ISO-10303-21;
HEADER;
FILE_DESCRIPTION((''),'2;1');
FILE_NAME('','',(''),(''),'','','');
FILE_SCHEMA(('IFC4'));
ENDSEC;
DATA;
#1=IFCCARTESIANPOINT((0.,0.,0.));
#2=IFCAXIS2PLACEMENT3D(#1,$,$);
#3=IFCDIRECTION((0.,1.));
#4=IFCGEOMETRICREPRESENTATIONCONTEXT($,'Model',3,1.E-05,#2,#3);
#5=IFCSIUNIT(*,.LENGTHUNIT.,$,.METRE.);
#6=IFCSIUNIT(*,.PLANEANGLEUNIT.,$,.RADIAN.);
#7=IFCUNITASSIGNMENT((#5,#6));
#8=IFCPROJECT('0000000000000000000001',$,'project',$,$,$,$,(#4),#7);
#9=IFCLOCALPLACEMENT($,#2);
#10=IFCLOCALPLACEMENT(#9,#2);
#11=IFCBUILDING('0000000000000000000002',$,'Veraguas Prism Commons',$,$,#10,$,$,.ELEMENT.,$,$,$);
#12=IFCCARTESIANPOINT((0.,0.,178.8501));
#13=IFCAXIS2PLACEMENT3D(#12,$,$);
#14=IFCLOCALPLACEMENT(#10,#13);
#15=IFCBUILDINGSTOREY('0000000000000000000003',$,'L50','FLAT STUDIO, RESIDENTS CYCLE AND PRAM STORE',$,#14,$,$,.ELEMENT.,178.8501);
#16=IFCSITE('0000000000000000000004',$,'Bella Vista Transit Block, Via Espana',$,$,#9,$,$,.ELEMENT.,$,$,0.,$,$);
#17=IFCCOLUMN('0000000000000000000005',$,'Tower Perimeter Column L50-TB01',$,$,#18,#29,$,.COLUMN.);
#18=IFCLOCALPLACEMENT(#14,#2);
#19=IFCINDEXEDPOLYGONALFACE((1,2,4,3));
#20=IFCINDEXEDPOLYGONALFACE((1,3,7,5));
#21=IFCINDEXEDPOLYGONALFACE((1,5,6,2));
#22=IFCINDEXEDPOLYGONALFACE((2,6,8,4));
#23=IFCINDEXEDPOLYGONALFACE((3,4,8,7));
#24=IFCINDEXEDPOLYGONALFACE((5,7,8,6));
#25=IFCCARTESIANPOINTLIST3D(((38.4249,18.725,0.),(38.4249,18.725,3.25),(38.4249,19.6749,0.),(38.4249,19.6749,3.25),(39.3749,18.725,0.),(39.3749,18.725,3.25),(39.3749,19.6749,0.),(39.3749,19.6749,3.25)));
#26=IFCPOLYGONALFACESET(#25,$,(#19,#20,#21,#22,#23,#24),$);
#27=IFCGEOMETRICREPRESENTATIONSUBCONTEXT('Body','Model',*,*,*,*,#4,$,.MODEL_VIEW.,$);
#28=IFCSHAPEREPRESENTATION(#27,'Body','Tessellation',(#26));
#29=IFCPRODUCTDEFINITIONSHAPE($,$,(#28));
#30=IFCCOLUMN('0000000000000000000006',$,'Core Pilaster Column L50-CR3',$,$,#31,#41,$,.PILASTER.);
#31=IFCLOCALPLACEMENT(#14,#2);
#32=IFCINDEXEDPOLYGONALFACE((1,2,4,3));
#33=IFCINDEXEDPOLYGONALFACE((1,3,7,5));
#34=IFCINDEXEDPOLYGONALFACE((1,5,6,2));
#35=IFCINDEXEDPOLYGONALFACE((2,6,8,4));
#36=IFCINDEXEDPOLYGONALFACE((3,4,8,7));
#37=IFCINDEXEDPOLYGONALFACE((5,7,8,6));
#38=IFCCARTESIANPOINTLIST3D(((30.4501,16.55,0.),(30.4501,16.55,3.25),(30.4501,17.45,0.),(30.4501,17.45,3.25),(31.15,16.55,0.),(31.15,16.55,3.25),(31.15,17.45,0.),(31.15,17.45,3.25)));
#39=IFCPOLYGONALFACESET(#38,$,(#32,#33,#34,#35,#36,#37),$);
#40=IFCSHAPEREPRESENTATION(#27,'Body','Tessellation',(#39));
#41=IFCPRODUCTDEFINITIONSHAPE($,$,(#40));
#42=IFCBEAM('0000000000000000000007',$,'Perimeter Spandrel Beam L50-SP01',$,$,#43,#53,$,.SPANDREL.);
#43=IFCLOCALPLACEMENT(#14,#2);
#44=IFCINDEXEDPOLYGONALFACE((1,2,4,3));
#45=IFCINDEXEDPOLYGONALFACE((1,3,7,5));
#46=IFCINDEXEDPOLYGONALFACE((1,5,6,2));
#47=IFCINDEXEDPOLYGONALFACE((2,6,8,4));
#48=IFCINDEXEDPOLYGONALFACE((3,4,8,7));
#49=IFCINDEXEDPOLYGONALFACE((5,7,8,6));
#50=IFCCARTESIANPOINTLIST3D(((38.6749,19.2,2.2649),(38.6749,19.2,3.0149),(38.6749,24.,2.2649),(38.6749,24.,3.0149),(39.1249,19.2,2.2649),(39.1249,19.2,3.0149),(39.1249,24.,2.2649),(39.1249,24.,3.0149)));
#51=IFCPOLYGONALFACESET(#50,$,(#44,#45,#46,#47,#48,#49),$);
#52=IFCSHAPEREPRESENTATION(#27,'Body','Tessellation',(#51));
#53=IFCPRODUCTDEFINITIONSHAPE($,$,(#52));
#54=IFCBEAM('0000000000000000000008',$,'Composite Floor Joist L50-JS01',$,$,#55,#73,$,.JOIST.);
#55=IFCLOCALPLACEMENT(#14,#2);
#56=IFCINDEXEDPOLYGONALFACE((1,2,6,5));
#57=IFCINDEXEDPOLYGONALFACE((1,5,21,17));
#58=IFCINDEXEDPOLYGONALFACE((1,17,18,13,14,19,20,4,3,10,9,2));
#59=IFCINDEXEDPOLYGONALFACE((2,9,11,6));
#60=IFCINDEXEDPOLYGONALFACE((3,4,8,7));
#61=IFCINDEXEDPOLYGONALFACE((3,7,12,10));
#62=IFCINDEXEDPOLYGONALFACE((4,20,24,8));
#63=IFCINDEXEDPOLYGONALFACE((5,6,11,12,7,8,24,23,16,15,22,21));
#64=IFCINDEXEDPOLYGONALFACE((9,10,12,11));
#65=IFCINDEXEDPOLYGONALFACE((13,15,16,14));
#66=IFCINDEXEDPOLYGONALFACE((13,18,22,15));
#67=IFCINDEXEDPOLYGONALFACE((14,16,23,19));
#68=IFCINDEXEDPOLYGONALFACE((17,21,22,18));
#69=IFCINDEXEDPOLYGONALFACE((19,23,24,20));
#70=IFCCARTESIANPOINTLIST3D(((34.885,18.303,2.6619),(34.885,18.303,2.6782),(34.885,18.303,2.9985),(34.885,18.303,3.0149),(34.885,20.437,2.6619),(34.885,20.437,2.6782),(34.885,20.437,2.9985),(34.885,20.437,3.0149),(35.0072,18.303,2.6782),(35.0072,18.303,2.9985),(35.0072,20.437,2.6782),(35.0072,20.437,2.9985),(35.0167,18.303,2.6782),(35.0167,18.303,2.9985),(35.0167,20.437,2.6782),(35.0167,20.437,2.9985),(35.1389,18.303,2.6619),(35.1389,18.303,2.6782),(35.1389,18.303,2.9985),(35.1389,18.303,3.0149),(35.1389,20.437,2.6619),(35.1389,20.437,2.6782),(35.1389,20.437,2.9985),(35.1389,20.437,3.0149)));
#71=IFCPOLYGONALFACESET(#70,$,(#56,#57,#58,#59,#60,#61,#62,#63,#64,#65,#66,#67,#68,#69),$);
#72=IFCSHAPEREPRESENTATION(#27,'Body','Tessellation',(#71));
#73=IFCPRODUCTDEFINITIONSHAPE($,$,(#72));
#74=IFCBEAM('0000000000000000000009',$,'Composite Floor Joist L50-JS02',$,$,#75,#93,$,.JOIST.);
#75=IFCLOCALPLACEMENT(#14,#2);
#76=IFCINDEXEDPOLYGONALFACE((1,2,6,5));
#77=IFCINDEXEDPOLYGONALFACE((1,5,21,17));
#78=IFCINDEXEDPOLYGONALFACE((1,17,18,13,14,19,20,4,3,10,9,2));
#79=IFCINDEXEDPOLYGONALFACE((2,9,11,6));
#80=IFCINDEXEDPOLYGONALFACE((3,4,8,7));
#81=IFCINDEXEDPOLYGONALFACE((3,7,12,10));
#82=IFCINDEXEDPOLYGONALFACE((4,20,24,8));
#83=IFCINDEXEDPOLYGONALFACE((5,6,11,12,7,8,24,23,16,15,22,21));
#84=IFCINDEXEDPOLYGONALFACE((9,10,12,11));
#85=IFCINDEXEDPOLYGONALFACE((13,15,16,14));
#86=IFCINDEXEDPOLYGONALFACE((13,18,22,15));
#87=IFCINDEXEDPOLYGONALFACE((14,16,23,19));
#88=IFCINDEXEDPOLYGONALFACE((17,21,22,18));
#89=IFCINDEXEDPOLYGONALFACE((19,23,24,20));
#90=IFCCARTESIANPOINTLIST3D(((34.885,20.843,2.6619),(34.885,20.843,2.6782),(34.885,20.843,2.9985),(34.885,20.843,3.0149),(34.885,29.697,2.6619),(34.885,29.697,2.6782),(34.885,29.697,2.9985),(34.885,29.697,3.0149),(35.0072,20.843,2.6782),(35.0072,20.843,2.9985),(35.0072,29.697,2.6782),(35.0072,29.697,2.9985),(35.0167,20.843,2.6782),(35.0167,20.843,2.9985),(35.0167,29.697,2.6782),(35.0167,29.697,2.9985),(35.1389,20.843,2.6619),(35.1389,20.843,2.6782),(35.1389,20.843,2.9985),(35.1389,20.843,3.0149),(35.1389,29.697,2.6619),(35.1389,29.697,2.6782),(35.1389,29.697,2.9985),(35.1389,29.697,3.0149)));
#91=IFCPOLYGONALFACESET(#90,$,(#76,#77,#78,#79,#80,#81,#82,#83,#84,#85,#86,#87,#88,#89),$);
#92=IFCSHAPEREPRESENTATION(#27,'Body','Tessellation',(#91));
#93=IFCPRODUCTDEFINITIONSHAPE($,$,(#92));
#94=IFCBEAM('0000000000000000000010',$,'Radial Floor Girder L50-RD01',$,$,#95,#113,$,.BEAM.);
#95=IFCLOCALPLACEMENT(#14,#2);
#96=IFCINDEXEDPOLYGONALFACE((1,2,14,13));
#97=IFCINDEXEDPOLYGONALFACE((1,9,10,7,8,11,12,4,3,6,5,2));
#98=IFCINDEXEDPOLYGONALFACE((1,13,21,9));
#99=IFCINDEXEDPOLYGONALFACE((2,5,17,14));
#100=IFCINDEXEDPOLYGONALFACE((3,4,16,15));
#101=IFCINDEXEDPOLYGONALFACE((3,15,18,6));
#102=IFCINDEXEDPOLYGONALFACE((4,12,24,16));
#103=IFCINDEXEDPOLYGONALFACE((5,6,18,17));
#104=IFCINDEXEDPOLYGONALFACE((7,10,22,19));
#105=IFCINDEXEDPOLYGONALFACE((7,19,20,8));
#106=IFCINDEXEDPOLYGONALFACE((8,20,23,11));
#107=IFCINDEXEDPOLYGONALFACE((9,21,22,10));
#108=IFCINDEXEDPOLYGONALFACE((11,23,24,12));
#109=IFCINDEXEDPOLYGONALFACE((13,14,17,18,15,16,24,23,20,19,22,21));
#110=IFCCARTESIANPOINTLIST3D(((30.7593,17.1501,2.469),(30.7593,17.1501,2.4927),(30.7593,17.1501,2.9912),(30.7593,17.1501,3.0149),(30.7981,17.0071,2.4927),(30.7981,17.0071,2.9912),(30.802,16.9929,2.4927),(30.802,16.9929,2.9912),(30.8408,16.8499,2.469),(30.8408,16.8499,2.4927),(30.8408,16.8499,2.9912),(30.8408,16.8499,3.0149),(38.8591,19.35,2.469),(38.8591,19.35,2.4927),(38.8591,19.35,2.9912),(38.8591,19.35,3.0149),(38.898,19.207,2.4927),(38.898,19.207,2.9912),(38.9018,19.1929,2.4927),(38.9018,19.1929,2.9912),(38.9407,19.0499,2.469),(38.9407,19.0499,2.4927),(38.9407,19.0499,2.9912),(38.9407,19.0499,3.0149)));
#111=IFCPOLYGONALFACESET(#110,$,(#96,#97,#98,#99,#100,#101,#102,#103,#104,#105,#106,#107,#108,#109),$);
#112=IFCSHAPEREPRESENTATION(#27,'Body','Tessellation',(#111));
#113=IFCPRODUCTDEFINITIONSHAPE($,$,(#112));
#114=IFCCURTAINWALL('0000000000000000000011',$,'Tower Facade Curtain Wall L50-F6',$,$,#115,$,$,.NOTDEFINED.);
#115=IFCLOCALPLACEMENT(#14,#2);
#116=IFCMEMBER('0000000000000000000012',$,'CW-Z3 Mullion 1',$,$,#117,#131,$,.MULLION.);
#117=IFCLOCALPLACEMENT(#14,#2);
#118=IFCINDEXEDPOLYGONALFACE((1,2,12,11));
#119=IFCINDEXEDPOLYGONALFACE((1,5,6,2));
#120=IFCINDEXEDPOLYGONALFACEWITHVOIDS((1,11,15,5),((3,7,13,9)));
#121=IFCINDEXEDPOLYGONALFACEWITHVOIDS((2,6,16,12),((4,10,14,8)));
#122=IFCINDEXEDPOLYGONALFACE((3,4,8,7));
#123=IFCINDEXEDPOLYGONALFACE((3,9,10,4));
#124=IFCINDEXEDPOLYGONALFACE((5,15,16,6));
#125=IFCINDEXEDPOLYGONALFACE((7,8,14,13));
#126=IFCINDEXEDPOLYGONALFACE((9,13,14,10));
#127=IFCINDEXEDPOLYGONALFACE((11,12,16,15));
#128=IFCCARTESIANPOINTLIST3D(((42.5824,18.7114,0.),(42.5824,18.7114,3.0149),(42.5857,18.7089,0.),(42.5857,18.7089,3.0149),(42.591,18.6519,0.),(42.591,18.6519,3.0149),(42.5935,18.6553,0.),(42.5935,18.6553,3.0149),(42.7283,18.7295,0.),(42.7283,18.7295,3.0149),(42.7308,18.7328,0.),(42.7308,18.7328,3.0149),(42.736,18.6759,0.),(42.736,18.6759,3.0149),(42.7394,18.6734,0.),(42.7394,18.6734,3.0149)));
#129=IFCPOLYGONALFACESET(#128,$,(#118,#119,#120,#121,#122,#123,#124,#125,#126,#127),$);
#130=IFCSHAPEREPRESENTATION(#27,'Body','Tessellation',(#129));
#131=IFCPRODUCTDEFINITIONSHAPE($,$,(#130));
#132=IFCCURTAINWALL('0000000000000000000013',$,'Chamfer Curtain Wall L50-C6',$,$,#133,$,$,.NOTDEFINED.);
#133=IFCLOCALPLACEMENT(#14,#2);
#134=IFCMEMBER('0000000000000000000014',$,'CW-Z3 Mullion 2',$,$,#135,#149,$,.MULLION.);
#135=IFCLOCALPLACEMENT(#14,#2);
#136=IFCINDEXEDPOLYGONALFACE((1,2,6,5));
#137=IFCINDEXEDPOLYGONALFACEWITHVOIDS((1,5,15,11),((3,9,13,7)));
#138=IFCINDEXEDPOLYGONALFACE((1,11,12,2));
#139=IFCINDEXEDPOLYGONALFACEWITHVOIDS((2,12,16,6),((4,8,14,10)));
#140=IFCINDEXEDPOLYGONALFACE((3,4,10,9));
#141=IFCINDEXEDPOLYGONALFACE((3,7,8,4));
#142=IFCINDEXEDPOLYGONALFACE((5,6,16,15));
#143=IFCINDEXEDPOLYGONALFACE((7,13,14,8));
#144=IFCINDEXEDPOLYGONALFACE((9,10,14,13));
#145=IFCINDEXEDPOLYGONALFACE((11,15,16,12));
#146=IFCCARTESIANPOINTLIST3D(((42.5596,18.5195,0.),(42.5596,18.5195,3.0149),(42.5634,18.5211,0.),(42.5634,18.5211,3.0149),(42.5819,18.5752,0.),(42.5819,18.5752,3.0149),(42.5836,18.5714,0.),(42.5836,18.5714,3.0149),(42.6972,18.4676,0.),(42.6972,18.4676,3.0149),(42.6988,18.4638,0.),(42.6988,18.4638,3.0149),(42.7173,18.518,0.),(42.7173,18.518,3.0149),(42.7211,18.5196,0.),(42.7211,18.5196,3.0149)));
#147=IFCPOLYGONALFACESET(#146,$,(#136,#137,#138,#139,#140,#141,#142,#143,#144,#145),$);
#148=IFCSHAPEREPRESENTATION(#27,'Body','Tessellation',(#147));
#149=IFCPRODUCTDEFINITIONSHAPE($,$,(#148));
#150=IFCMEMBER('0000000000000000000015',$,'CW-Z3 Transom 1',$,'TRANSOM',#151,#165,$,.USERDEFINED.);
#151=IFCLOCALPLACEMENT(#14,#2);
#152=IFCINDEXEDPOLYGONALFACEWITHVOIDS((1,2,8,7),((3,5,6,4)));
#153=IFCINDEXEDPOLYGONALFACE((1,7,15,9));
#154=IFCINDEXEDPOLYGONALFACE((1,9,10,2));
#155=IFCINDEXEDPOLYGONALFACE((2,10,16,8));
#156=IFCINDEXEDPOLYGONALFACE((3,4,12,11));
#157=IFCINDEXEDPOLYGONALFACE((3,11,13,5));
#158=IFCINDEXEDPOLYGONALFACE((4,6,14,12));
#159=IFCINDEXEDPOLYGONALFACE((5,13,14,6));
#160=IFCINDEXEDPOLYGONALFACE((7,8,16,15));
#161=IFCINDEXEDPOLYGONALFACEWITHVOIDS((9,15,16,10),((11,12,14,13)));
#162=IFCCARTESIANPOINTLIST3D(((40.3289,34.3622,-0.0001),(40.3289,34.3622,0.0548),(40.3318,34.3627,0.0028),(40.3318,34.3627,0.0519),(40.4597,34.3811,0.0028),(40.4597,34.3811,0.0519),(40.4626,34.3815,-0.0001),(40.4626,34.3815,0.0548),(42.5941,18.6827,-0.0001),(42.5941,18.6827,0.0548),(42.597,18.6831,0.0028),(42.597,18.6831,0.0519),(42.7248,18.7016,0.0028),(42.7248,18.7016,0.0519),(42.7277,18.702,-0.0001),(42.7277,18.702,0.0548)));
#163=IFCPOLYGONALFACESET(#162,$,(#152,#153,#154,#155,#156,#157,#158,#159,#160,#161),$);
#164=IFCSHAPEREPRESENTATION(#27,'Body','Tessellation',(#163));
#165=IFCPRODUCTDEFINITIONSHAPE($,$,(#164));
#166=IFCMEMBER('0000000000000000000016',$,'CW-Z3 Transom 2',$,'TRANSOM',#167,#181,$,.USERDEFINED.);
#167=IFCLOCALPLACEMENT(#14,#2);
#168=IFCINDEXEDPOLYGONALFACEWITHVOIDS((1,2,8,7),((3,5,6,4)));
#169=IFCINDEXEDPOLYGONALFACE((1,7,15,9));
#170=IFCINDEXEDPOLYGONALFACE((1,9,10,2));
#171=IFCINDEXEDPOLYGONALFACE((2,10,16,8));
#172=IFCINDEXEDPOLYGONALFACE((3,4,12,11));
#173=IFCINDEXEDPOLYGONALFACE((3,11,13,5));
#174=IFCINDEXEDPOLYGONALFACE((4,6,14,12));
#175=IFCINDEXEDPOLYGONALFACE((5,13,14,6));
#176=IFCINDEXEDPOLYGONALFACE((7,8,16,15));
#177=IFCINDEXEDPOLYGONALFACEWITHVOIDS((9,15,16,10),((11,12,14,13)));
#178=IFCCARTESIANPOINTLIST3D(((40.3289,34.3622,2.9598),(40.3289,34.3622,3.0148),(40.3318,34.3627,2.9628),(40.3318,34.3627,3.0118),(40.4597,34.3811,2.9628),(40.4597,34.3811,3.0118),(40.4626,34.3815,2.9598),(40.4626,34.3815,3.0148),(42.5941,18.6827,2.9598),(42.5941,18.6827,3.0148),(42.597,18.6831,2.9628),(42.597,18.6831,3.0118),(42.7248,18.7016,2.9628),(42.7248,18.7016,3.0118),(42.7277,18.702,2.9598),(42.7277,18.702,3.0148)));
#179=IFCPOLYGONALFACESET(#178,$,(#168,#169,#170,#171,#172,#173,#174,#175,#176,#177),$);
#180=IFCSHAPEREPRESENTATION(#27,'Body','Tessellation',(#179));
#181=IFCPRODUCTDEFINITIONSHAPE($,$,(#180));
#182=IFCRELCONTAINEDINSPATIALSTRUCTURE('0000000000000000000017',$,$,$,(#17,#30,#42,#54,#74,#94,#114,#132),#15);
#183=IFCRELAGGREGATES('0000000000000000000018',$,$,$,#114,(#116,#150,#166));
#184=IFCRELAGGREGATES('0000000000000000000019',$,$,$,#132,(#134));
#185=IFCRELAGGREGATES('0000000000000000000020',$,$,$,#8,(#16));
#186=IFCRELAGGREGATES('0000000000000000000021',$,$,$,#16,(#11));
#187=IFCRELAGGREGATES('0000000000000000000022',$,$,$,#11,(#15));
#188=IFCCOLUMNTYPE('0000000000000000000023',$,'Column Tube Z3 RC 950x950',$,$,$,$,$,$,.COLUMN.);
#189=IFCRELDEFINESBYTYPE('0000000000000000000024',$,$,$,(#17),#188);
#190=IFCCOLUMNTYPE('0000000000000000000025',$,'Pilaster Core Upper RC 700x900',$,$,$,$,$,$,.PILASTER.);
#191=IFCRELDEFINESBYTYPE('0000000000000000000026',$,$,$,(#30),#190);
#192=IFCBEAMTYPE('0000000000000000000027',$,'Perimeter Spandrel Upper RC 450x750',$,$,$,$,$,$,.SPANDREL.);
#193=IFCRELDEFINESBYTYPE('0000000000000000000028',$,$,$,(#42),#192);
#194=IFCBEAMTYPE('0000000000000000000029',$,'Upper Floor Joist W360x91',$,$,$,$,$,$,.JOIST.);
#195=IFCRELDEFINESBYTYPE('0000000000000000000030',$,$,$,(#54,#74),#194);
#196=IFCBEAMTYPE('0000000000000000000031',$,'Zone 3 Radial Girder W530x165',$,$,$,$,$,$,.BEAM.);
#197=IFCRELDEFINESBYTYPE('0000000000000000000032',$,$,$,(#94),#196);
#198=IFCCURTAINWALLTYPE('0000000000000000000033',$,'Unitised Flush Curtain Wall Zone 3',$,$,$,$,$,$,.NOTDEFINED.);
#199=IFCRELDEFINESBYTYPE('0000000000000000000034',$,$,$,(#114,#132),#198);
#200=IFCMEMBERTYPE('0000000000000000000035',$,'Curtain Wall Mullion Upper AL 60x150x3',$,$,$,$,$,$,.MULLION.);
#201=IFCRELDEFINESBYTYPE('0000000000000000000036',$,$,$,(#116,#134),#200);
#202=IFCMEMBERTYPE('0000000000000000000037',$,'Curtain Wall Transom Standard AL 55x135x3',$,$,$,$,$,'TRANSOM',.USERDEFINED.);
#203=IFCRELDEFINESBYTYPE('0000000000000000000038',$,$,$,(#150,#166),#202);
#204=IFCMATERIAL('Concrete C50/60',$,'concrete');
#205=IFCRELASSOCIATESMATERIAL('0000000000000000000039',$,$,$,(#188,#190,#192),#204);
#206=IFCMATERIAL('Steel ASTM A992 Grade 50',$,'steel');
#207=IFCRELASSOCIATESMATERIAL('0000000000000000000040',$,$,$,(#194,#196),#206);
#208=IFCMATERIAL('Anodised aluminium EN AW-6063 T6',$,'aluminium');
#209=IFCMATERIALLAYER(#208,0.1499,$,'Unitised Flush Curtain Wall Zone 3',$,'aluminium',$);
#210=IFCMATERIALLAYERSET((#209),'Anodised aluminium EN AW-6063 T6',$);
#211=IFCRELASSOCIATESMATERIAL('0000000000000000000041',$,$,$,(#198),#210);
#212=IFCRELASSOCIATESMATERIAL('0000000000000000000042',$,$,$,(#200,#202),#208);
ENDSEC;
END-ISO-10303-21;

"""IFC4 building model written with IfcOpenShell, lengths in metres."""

from ifc_helpers import new_model, si_unit, direction, frame, origin, origin_2d, place, context, subcontext, project, spatial, rectangle, hollow_rectangle, i_section, extrude, source, transform, mapped, material, layer, layer_set, material_profile, profile_set, type_object, element, aggregate, save


model = new_model("IFC4")

# Units and contexts
model_context = context("Model", 3, precision=1e-05, world=origin(), true_north=direction((0.0, 1.0)))
body_context = subcontext(model_context, "Body", "Model", "MODEL_VIEW")
ifc_project = project(units=[si_unit("LENGTHUNIT", "METRE"), si_unit("PLANEANGLEUNIT", "RADIAN")], contexts=[model_context])

# Site, building, storey
site_placement = place(None, origin())
site = spatial("IfcSite", under=ifc_project, at=site_placement, Name="Bella Vista Transit Block, Via Espana", CompositionType="ELEMENT", RefElevation=0.0)
building_placement = place(site_placement, origin())
building = spatial("IfcBuilding", under=site, at=building_placement, Name="Veraguas Prism Commons", CompositionType="ELEMENT")
storey_placement = place(building_placement, frame((0.0, 0.0, 178.8501)))
storey = spatial("IfcBuildingStorey", under=building, at=storey_placement, Name="L50", Description="FLAT STUDIO, RESIDENTS CYCLE AND PRAM STORE", CompositionType="ELEMENT", Elevation=178.8501)

# Columns
ifc_material_1 = material(Name="Concrete C50/60", Category="concrete")
ifc_material_profile_1 = material_profile(ifc_material_1, rectangle(XDim=0.95, YDim=0.95, at=origin_2d()), Name="RC950X950")
ifc_profile_set_1 = profile_set([ifc_material_profile_1], Name="Concrete C50/60")
column_type_1 = type_object("IfcColumnType", Name="Column Tube Z3 RC 950x950", PredefinedType="COLUMN", material=ifc_profile_set_1)
column_1_placement = place(storey_placement, frame((38.8999, 19.2, 0.0), z_axis=(0.0, 0.0, 1.0), x_axis=(1.0, 0.0, 0.0)))
element("IfcColumn", 1, at=column_1_placement, inside=storey, type_object=column_type_1, Name="Tower Perimeter Column L50-TB01", PredefinedType="COLUMN", context=body_context, shape_type="SweptSolid", body=[
    extrude(rectangle(XDim=0.95, YDim=0.95, at=origin_2d()), origin(), (0.0, 0.0, 1.0), 3.25),
])
ifc_material_profile_2 = material_profile(ifc_material_1, rectangle(XDim=0.7, YDim=0.8999, at=origin_2d()), Name="RC700X900")
ifc_profile_set_2 = profile_set([ifc_material_profile_2], Name="Concrete C50/60")
column_type_2 = type_object("IfcColumnType", Name="Pilaster Core Upper RC 700x900", PredefinedType="PILASTER", material=ifc_profile_set_2)
column_2_placement = place(storey_placement, frame((30.8, 17.0, 0.0), z_axis=(0.0, 0.0, 1.0), x_axis=(1.0, 0.0, 0.0)))
element("IfcColumn", 2, at=column_2_placement, inside=storey, type_object=column_type_2, Name="Core Pilaster Column L50-CR3", PredefinedType="PILASTER", context=body_context, shape_type="SweptSolid", body=[
    extrude(rectangle(XDim=0.7, YDim=0.8999, at=origin_2d()), origin(), (0.0, 0.0, 1.0), 3.25),
])

# Beams
ifc_material_profile_3 = material_profile(ifc_material_1, rectangle(XDim=0.45, YDim=0.75, at=origin_2d()), Name="RC450X750")
ifc_profile_set_3 = profile_set([ifc_material_profile_3], Name="Concrete C50/60")
beam_type_1 = type_object("IfcBeamType", Name="Perimeter Spandrel Upper RC 450x750", PredefinedType="SPANDREL", material=ifc_profile_set_3)
beam_1_placement = place(storey_placement, frame((38.8999, 19.2, 2.6399), z_axis=(0.0, 1.0, 0.0), x_axis=(-1.0, 0.0, 0.0)))
element("IfcBeam", 3, at=beam_1_placement, inside=storey, type_object=beam_type_1, Name="Perimeter Spandrel Beam L50-SP01", PredefinedType="SPANDREL", context=body_context, shape_type="SweptSolid", body=[
    extrude(rectangle(XDim=0.45, YDim=0.75, at=origin_2d()), origin(), (0.0, 0.0, 1.0), 4.8),
])
ifc_material_2 = material(Name="Steel ASTM A992 Grade 50", Category="steel")
ifc_material_profile_4 = material_profile(ifc_material_2, i_section(OverallWidth=0.2539, OverallDepth=0.353, WebThickness=0.0095, FlangeThickness=0.0164, at=origin_2d()), Name="W360X91")
ifc_profile_set_4 = profile_set([ifc_material_profile_4], Name="Steel ASTM A992 Grade 50")
beam_type_2 = type_object("IfcBeamType", Name="Upper Floor Joist W360x91", PredefinedType="JOIST", material=ifc_profile_set_4)
beam_2_placement = place(storey_placement, frame((35.012, 18.303, 2.8384), z_axis=(0.0, 1.0, 0.0), x_axis=(-1.0, 0.0, 0.0)))
element("IfcBeam", 4, at=beam_2_placement, inside=storey, type_object=beam_type_2, Name="Composite Floor Joist L50-JS01", PredefinedType="JOIST", context=body_context, shape_type="SweptSolid", body=[
    extrude(i_section(OverallWidth=0.2539, OverallDepth=0.353, WebThickness=0.0095, FlangeThickness=0.0164, at=origin_2d()), origin(), (0.0, 0.0, 1.0), 2.134),
])
beam_3_placement = place(storey_placement, frame((35.012, 20.843, 2.8384), z_axis=(0.0, 1.0, 0.0), x_axis=(-1.0, 0.0, 0.0)))
element("IfcBeam", 5, at=beam_3_placement, inside=storey, type_object=beam_type_2, Name="Composite Floor Joist L50-JS02", PredefinedType="JOIST", context=body_context, shape_type="SweptSolid", body=[
    extrude(i_section(OverallWidth=0.2539, OverallDepth=0.353, WebThickness=0.0095, FlangeThickness=0.0164, at=origin_2d()), origin(), (0.0, 0.0, 1.0), 8.854),
])
ifc_material_profile_5 = material_profile(ifc_material_2, i_section(OverallWidth=0.311, OverallDepth=0.5459, WebThickness=0.0146, FlangeThickness=0.0237, at=origin_2d()), Name="W530X165")
ifc_profile_set_5 = profile_set([ifc_material_profile_5], Name="Steel ASTM A992 Grade 50")
beam_type_3 = type_object("IfcBeamType", Name="Zone 3 Radial Girder W530x165", PredefinedType="BEAM", material=ifc_profile_set_5)
beam_4_placement = place(storey_placement, frame((38.8999, 19.2, 2.7419), z_axis=(-0.965039, -0.262108, 0.0), x_axis=(0.262108, -0.965039, 0.0)))
element("IfcBeam", 6, at=beam_4_placement, inside=storey, type_object=beam_type_3, Name="Radial Floor Girder L50-RD01", PredefinedType="BEAM", context=body_context, shape_type="SweptSolid", body=[
    extrude(i_section(OverallWidth=0.311, OverallDepth=0.5459, WebThickness=0.0146, FlangeThickness=0.0237, at=origin_2d()), origin(), (0.0, 0.0, 1.0), 8.3933),
])

# Curtain walls, members
ifc_material_3 = material(Name="Anodised aluminium EN AW-6063 T6", Category="aluminium")
ifc_layer_1 = layer(ifc_material_3, 0.1499, Name="Unitised Flush Curtain Wall Zone 3", Category="aluminium")
ifc_layer_set_1 = layer_set([ifc_layer_1], Name="Anodised aluminium EN AW-6063 T6")
curtain_wall_type = type_object("IfcCurtainWallType", Name="Unitised Flush Curtain Wall Zone 3", PredefinedType="NOTDEFINED", material=ifc_layer_set_1)
curtain_wall_1_placement = place(storey_placement, origin())
curtain_wall_1 = element("IfcCurtainWall", 7, at=curtain_wall_1_placement, inside=storey, type_object=curtain_wall_type, Name="Tower Facade Curtain Wall L50-F6", PredefinedType="NOTDEFINED")
ifc_material_profile_6 = material_profile(ifc_material_3, hollow_rectangle(XDim=0.0601, YDim=0.1499, WallThickness=0.0029, at=origin_2d()), Name="AL60X150X3")
ifc_profile_set_6 = profile_set([ifc_material_profile_6], Name="Anodised aluminium EN AW-6063 T6")
member_type_1 = type_object("IfcMemberType", Name="Curtain Wall Mullion Upper AL 60x150x3", PredefinedType="MULLION", material=ifc_profile_set_6)
shared_shape_1 = source(origin(), body_context, "Body", "SweptSolid", [
    extrude(hollow_rectangle(XDim=0.0601, YDim=0.1499, WallThickness=0.0029, at=origin_2d()), origin(), (0.0, 0.0, 1.0), 3.0149),
])
member_1_placement = place(storey_placement, frame((42.6609, 18.6924, 0.0), z_axis=(0.0, 0.0, 1.0), x_axis=(-0.142973, 0.989727, 0.0)))
member_1 = element("IfcMember", 8, at=member_1_placement, type_object=member_type_1, Name="CW-Z3 Mullion 1", PredefinedType="MULLION", context=body_context, shape_type="MappedRepresentation", body=[
    mapped(shared_shape_1, transform((0.0, 0.0, 0.0), scale=1.0)),
])
curtain_wall_2_placement = place(storey_placement, origin())
curtain_wall_2 = element("IfcCurtainWall", 9, at=curtain_wall_2_placement, inside=storey, type_object=curtain_wall_type, Name="Chamfer Curtain Wall L50-C6", PredefinedType="NOTDEFINED")
member_2_placement = place(storey_placement, frame((42.6404, 18.5195, 0.0), z_axis=(0.0, 0.0, 1.0), x_axis=(0.371015, 0.928627, 0.0)))
member_2 = element("IfcMember", 10, at=member_2_placement, type_object=member_type_1, Name="CW-Z3 Mullion 2", PredefinedType="MULLION", context=body_context, shape_type="MappedRepresentation", body=[
    mapped(shared_shape_1, transform((0.0, 0.0, 0.0), scale=1.0)),
])

# Members
ifc_material_profile_7 = material_profile(ifc_material_3, hollow_rectangle(XDim=0.0549, YDim=0.135, WallThickness=0.0029, at=origin_2d()), Name="AL55X135X3")
ifc_profile_set_7 = profile_set([ifc_material_profile_7], Name="Anodised aluminium EN AW-6063 T6")
member_type_2 = type_object("IfcMemberType", Name="Curtain Wall Transom Standard AL 55x135x3", ElementType="TRANSOM", PredefinedType="USERDEFINED", material=ifc_profile_set_7)
shared_shape_2 = source(origin(), body_context, "Body", "SweptSolid", [
    extrude(hollow_rectangle(XDim=0.0549, YDim=0.135, WallThickness=0.0029, at=origin_2d()), origin(), (0.0, 0.0, 1.0), 15.8423),
])
member_3_placement = place(storey_placement, frame((42.6609, 18.6924, 0.0273), z_axis=(-0.142981, 0.989725, 0.0), x_axis=(0.0, 0.0, 1.0)))
member_3 = element("IfcMember", 11, at=member_3_placement, type_object=member_type_2, Name="CW-Z3 Transom 1", ObjectType="TRANSOM", PredefinedType="USERDEFINED", context=body_context, shape_type="MappedRepresentation", body=[
    mapped(shared_shape_2, transform((0.0, 0.0, 0.0), scale=1.0)),
])
member_4_placement = place(storey_placement, frame((42.6609, 18.6924, 2.9873), z_axis=(-0.142981, 0.989725, 0.0), x_axis=(0.0, 0.0, 1.0)))
member_4 = element("IfcMember", 12, at=member_4_placement, type_object=member_type_2, Name="CW-Z3 Transom 2", ObjectType="TRANSOM", PredefinedType="USERDEFINED", context=body_context, shape_type="MappedRepresentation", body=[
    mapped(shared_shape_2, transform((0.0, 0.0, 0.0), scale=1.0)),
])

aggregate(curtain_wall_1, [member_1, member_3, member_4])
aggregate(curtain_wall_2, [member_2])

save(model, "model.ifc")
